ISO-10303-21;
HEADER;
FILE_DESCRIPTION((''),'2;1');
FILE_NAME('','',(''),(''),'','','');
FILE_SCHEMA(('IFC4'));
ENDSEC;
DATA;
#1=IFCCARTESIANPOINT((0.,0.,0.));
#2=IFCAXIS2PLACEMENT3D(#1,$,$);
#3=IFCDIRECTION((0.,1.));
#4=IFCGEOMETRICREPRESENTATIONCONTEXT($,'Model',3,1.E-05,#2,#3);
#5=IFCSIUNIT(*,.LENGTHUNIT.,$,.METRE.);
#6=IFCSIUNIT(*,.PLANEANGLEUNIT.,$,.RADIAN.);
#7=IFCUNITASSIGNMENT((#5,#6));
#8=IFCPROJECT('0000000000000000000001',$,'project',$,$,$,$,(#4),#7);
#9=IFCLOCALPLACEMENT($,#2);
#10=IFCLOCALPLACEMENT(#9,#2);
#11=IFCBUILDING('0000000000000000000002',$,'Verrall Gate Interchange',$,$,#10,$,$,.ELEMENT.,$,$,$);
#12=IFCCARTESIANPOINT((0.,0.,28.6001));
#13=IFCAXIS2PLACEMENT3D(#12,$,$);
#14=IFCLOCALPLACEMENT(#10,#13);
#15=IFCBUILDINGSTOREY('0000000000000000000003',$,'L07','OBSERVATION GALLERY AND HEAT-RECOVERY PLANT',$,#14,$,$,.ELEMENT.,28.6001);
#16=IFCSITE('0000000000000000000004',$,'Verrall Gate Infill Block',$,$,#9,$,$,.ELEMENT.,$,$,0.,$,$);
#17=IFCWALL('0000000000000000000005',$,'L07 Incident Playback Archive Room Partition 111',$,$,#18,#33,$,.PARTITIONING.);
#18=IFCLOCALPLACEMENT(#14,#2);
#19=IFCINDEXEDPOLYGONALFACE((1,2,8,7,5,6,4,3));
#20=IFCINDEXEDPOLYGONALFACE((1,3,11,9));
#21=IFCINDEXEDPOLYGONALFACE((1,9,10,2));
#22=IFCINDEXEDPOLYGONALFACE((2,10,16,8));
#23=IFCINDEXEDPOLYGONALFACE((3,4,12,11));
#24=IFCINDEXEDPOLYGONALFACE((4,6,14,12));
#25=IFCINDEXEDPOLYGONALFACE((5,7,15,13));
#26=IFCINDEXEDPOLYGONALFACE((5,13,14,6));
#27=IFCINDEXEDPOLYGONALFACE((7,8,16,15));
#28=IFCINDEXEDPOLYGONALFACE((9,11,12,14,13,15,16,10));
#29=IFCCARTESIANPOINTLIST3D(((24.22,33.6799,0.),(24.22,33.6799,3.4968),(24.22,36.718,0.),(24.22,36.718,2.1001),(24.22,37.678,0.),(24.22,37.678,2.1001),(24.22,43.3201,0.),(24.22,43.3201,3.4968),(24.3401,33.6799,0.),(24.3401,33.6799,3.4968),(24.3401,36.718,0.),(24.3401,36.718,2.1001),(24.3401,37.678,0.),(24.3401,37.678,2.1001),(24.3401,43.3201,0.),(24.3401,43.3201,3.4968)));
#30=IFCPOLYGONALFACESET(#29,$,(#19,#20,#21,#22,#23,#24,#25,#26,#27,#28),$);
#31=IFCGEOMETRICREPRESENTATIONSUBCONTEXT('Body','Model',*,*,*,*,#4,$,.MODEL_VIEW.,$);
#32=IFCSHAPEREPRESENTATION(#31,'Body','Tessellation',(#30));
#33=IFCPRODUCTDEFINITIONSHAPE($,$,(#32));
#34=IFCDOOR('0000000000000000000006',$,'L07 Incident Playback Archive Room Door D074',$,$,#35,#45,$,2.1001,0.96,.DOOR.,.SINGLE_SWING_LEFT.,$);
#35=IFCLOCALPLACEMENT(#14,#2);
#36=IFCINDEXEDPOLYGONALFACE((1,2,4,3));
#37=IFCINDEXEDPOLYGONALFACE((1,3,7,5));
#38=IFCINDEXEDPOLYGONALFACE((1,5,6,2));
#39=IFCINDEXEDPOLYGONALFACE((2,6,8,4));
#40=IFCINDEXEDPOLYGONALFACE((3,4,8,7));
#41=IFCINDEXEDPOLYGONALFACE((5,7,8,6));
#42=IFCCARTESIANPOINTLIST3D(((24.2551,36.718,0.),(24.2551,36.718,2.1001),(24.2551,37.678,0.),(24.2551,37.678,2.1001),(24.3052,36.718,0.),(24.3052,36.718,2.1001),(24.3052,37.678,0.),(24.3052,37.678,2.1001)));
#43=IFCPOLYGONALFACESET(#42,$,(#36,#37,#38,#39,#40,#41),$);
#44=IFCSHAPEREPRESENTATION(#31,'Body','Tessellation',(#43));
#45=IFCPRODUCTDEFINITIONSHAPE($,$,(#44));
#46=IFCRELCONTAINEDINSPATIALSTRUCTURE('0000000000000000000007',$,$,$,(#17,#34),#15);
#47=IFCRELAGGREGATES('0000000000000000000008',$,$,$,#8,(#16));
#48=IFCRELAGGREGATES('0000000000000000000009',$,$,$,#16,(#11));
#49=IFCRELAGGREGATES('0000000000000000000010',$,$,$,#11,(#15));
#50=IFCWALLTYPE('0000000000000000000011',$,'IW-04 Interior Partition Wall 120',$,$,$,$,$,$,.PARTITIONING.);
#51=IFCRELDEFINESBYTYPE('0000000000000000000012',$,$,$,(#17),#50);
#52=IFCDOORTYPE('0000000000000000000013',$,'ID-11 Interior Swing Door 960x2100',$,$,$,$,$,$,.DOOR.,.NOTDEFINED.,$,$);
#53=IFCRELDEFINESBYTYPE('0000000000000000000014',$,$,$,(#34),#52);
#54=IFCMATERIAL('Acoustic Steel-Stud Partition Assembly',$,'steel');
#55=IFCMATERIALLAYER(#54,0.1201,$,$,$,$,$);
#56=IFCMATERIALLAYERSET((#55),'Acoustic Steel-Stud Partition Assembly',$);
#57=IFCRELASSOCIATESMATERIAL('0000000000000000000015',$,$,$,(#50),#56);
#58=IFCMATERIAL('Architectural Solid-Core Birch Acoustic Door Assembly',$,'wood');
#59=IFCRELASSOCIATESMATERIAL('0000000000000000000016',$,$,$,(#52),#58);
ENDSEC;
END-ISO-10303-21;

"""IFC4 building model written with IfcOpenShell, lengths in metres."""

from ifc_helpers import new_model, si_unit, direction, frame, frame_2d, origin, place, context, subcontext, project, spatial, rectangle, extrude, material, layer, layer_set, type_object, element, fill, save


model = new_model("IFC4")

# Units and contexts
model_context = context("Model", 3, precision=1e-05, world=origin(), true_north=direction((0.0, 1.0)))
body_context = subcontext(model_context, "Body", "Model", "MODEL_VIEW")
ifc_project = project(units=[si_unit("LENGTHUNIT", "METRE"), si_unit("PLANEANGLEUNIT", "RADIAN")], contexts=[model_context])

# Site, building, storey
site_placement = place(None, origin())
site = spatial("IfcSite", under=ifc_project, at=site_placement, Name="Verrall Gate Infill Block", CompositionType="ELEMENT", RefElevation=0.0)
building_placement = place(site_placement, origin())
building = spatial("IfcBuilding", under=site, at=building_placement, Name="Verrall Gate Interchange", CompositionType="ELEMENT")
storey_placement = place(building_placement, frame((0.0, 0.0, 28.6001)))
storey = spatial("IfcBuildingStorey", under=building, at=storey_placement, Name="L07", Description="OBSERVATION GALLERY AND HEAT-RECOVERY PLANT", CompositionType="ELEMENT", Elevation=28.6001)

# Wall, opening, door
ifc_material_1 = material(Name="Acoustic Steel-Stud Partition Assembly", Category="steel")
ifc_layer_1 = layer(ifc_material_1, 0.1201)
ifc_layer_set_1 = layer_set([ifc_layer_1], Name="Acoustic Steel-Stud Partition Assembly")
wall_type_1 = type_object("IfcWallType", Name="IW-04 Interior Partition Wall 120", PredefinedType="PARTITIONING", material=ifc_layer_set_1)
wall_1_placement = place(storey_placement, frame((24.28, 33.6799, 0.0), z_axis=(0.0, 0.0, 1.0), x_axis=(0.0, 1.0, 0.0)))
wall_1 = element("IfcWall", 1, at=wall_1_placement, inside=storey, type_object=wall_type_1, Name="L07 Incident Playback Archive Room Partition 111", PredefinedType="PARTITIONING", context=body_context, shape_type="SweptSolid", body=[
    extrude(rectangle(XDim=9.6401, YDim=0.1201, at=frame_2d((4.8201, 0.0))), origin(), (0.0, 0.0, 1.0), 3.4968),
])
opening_placement = place(wall_1_placement, frame((3.0381, 0.0, 0.0)))
opening = element("IfcOpeningElement", 2, at=opening_placement, cuts=wall_1, PredefinedType="OPENING", context=body_context, shape_type="SweptSolid", body=[
    extrude(rectangle(XDim=0.96, YDim=2.1001, at=frame_2d((0.48, 1.05))), frame((0.0, 0.075, 0.0), z_axis=(0.0, -1.0, 0.0), x_axis=(1.0, 0.0, 0.0)), (0.0, 0.0, 1.0), 0.1499),
])
ifc_material_2 = material(Name="Architectural Solid-Core Birch Acoustic Door Assembly", Category="wood")
door_type = type_object("IfcDoorType", Name="ID-11 Interior Swing Door 960x2100", OperationType="NOTDEFINED", PredefinedType="DOOR", material=ifc_material_2)
door_placement = place(opening_placement, origin())
door = element("IfcDoor", 3, at=door_placement, inside=storey, type_object=door_type, Name="L07 Incident Playback Archive Room Door D074", OperationType="SINGLE_SWING_LEFT", OverallHeight=2.1001, OverallWidth=0.96, PredefinedType="DOOR", context=body_context, shape_type="SweptSolid", body=[
    extrude(rectangle(XDim=0.96, YDim=2.1001, at=frame_2d((0.48, 1.05))), frame((0.0, 0.0249, 0.0), z_axis=(0.0, -1.0, 0.0), x_axis=(1.0, 0.0, 0.0)), (0.0, 0.0, 1.0), 0.05),
])
fill(opening, door)

save(model, "model.ifc")
